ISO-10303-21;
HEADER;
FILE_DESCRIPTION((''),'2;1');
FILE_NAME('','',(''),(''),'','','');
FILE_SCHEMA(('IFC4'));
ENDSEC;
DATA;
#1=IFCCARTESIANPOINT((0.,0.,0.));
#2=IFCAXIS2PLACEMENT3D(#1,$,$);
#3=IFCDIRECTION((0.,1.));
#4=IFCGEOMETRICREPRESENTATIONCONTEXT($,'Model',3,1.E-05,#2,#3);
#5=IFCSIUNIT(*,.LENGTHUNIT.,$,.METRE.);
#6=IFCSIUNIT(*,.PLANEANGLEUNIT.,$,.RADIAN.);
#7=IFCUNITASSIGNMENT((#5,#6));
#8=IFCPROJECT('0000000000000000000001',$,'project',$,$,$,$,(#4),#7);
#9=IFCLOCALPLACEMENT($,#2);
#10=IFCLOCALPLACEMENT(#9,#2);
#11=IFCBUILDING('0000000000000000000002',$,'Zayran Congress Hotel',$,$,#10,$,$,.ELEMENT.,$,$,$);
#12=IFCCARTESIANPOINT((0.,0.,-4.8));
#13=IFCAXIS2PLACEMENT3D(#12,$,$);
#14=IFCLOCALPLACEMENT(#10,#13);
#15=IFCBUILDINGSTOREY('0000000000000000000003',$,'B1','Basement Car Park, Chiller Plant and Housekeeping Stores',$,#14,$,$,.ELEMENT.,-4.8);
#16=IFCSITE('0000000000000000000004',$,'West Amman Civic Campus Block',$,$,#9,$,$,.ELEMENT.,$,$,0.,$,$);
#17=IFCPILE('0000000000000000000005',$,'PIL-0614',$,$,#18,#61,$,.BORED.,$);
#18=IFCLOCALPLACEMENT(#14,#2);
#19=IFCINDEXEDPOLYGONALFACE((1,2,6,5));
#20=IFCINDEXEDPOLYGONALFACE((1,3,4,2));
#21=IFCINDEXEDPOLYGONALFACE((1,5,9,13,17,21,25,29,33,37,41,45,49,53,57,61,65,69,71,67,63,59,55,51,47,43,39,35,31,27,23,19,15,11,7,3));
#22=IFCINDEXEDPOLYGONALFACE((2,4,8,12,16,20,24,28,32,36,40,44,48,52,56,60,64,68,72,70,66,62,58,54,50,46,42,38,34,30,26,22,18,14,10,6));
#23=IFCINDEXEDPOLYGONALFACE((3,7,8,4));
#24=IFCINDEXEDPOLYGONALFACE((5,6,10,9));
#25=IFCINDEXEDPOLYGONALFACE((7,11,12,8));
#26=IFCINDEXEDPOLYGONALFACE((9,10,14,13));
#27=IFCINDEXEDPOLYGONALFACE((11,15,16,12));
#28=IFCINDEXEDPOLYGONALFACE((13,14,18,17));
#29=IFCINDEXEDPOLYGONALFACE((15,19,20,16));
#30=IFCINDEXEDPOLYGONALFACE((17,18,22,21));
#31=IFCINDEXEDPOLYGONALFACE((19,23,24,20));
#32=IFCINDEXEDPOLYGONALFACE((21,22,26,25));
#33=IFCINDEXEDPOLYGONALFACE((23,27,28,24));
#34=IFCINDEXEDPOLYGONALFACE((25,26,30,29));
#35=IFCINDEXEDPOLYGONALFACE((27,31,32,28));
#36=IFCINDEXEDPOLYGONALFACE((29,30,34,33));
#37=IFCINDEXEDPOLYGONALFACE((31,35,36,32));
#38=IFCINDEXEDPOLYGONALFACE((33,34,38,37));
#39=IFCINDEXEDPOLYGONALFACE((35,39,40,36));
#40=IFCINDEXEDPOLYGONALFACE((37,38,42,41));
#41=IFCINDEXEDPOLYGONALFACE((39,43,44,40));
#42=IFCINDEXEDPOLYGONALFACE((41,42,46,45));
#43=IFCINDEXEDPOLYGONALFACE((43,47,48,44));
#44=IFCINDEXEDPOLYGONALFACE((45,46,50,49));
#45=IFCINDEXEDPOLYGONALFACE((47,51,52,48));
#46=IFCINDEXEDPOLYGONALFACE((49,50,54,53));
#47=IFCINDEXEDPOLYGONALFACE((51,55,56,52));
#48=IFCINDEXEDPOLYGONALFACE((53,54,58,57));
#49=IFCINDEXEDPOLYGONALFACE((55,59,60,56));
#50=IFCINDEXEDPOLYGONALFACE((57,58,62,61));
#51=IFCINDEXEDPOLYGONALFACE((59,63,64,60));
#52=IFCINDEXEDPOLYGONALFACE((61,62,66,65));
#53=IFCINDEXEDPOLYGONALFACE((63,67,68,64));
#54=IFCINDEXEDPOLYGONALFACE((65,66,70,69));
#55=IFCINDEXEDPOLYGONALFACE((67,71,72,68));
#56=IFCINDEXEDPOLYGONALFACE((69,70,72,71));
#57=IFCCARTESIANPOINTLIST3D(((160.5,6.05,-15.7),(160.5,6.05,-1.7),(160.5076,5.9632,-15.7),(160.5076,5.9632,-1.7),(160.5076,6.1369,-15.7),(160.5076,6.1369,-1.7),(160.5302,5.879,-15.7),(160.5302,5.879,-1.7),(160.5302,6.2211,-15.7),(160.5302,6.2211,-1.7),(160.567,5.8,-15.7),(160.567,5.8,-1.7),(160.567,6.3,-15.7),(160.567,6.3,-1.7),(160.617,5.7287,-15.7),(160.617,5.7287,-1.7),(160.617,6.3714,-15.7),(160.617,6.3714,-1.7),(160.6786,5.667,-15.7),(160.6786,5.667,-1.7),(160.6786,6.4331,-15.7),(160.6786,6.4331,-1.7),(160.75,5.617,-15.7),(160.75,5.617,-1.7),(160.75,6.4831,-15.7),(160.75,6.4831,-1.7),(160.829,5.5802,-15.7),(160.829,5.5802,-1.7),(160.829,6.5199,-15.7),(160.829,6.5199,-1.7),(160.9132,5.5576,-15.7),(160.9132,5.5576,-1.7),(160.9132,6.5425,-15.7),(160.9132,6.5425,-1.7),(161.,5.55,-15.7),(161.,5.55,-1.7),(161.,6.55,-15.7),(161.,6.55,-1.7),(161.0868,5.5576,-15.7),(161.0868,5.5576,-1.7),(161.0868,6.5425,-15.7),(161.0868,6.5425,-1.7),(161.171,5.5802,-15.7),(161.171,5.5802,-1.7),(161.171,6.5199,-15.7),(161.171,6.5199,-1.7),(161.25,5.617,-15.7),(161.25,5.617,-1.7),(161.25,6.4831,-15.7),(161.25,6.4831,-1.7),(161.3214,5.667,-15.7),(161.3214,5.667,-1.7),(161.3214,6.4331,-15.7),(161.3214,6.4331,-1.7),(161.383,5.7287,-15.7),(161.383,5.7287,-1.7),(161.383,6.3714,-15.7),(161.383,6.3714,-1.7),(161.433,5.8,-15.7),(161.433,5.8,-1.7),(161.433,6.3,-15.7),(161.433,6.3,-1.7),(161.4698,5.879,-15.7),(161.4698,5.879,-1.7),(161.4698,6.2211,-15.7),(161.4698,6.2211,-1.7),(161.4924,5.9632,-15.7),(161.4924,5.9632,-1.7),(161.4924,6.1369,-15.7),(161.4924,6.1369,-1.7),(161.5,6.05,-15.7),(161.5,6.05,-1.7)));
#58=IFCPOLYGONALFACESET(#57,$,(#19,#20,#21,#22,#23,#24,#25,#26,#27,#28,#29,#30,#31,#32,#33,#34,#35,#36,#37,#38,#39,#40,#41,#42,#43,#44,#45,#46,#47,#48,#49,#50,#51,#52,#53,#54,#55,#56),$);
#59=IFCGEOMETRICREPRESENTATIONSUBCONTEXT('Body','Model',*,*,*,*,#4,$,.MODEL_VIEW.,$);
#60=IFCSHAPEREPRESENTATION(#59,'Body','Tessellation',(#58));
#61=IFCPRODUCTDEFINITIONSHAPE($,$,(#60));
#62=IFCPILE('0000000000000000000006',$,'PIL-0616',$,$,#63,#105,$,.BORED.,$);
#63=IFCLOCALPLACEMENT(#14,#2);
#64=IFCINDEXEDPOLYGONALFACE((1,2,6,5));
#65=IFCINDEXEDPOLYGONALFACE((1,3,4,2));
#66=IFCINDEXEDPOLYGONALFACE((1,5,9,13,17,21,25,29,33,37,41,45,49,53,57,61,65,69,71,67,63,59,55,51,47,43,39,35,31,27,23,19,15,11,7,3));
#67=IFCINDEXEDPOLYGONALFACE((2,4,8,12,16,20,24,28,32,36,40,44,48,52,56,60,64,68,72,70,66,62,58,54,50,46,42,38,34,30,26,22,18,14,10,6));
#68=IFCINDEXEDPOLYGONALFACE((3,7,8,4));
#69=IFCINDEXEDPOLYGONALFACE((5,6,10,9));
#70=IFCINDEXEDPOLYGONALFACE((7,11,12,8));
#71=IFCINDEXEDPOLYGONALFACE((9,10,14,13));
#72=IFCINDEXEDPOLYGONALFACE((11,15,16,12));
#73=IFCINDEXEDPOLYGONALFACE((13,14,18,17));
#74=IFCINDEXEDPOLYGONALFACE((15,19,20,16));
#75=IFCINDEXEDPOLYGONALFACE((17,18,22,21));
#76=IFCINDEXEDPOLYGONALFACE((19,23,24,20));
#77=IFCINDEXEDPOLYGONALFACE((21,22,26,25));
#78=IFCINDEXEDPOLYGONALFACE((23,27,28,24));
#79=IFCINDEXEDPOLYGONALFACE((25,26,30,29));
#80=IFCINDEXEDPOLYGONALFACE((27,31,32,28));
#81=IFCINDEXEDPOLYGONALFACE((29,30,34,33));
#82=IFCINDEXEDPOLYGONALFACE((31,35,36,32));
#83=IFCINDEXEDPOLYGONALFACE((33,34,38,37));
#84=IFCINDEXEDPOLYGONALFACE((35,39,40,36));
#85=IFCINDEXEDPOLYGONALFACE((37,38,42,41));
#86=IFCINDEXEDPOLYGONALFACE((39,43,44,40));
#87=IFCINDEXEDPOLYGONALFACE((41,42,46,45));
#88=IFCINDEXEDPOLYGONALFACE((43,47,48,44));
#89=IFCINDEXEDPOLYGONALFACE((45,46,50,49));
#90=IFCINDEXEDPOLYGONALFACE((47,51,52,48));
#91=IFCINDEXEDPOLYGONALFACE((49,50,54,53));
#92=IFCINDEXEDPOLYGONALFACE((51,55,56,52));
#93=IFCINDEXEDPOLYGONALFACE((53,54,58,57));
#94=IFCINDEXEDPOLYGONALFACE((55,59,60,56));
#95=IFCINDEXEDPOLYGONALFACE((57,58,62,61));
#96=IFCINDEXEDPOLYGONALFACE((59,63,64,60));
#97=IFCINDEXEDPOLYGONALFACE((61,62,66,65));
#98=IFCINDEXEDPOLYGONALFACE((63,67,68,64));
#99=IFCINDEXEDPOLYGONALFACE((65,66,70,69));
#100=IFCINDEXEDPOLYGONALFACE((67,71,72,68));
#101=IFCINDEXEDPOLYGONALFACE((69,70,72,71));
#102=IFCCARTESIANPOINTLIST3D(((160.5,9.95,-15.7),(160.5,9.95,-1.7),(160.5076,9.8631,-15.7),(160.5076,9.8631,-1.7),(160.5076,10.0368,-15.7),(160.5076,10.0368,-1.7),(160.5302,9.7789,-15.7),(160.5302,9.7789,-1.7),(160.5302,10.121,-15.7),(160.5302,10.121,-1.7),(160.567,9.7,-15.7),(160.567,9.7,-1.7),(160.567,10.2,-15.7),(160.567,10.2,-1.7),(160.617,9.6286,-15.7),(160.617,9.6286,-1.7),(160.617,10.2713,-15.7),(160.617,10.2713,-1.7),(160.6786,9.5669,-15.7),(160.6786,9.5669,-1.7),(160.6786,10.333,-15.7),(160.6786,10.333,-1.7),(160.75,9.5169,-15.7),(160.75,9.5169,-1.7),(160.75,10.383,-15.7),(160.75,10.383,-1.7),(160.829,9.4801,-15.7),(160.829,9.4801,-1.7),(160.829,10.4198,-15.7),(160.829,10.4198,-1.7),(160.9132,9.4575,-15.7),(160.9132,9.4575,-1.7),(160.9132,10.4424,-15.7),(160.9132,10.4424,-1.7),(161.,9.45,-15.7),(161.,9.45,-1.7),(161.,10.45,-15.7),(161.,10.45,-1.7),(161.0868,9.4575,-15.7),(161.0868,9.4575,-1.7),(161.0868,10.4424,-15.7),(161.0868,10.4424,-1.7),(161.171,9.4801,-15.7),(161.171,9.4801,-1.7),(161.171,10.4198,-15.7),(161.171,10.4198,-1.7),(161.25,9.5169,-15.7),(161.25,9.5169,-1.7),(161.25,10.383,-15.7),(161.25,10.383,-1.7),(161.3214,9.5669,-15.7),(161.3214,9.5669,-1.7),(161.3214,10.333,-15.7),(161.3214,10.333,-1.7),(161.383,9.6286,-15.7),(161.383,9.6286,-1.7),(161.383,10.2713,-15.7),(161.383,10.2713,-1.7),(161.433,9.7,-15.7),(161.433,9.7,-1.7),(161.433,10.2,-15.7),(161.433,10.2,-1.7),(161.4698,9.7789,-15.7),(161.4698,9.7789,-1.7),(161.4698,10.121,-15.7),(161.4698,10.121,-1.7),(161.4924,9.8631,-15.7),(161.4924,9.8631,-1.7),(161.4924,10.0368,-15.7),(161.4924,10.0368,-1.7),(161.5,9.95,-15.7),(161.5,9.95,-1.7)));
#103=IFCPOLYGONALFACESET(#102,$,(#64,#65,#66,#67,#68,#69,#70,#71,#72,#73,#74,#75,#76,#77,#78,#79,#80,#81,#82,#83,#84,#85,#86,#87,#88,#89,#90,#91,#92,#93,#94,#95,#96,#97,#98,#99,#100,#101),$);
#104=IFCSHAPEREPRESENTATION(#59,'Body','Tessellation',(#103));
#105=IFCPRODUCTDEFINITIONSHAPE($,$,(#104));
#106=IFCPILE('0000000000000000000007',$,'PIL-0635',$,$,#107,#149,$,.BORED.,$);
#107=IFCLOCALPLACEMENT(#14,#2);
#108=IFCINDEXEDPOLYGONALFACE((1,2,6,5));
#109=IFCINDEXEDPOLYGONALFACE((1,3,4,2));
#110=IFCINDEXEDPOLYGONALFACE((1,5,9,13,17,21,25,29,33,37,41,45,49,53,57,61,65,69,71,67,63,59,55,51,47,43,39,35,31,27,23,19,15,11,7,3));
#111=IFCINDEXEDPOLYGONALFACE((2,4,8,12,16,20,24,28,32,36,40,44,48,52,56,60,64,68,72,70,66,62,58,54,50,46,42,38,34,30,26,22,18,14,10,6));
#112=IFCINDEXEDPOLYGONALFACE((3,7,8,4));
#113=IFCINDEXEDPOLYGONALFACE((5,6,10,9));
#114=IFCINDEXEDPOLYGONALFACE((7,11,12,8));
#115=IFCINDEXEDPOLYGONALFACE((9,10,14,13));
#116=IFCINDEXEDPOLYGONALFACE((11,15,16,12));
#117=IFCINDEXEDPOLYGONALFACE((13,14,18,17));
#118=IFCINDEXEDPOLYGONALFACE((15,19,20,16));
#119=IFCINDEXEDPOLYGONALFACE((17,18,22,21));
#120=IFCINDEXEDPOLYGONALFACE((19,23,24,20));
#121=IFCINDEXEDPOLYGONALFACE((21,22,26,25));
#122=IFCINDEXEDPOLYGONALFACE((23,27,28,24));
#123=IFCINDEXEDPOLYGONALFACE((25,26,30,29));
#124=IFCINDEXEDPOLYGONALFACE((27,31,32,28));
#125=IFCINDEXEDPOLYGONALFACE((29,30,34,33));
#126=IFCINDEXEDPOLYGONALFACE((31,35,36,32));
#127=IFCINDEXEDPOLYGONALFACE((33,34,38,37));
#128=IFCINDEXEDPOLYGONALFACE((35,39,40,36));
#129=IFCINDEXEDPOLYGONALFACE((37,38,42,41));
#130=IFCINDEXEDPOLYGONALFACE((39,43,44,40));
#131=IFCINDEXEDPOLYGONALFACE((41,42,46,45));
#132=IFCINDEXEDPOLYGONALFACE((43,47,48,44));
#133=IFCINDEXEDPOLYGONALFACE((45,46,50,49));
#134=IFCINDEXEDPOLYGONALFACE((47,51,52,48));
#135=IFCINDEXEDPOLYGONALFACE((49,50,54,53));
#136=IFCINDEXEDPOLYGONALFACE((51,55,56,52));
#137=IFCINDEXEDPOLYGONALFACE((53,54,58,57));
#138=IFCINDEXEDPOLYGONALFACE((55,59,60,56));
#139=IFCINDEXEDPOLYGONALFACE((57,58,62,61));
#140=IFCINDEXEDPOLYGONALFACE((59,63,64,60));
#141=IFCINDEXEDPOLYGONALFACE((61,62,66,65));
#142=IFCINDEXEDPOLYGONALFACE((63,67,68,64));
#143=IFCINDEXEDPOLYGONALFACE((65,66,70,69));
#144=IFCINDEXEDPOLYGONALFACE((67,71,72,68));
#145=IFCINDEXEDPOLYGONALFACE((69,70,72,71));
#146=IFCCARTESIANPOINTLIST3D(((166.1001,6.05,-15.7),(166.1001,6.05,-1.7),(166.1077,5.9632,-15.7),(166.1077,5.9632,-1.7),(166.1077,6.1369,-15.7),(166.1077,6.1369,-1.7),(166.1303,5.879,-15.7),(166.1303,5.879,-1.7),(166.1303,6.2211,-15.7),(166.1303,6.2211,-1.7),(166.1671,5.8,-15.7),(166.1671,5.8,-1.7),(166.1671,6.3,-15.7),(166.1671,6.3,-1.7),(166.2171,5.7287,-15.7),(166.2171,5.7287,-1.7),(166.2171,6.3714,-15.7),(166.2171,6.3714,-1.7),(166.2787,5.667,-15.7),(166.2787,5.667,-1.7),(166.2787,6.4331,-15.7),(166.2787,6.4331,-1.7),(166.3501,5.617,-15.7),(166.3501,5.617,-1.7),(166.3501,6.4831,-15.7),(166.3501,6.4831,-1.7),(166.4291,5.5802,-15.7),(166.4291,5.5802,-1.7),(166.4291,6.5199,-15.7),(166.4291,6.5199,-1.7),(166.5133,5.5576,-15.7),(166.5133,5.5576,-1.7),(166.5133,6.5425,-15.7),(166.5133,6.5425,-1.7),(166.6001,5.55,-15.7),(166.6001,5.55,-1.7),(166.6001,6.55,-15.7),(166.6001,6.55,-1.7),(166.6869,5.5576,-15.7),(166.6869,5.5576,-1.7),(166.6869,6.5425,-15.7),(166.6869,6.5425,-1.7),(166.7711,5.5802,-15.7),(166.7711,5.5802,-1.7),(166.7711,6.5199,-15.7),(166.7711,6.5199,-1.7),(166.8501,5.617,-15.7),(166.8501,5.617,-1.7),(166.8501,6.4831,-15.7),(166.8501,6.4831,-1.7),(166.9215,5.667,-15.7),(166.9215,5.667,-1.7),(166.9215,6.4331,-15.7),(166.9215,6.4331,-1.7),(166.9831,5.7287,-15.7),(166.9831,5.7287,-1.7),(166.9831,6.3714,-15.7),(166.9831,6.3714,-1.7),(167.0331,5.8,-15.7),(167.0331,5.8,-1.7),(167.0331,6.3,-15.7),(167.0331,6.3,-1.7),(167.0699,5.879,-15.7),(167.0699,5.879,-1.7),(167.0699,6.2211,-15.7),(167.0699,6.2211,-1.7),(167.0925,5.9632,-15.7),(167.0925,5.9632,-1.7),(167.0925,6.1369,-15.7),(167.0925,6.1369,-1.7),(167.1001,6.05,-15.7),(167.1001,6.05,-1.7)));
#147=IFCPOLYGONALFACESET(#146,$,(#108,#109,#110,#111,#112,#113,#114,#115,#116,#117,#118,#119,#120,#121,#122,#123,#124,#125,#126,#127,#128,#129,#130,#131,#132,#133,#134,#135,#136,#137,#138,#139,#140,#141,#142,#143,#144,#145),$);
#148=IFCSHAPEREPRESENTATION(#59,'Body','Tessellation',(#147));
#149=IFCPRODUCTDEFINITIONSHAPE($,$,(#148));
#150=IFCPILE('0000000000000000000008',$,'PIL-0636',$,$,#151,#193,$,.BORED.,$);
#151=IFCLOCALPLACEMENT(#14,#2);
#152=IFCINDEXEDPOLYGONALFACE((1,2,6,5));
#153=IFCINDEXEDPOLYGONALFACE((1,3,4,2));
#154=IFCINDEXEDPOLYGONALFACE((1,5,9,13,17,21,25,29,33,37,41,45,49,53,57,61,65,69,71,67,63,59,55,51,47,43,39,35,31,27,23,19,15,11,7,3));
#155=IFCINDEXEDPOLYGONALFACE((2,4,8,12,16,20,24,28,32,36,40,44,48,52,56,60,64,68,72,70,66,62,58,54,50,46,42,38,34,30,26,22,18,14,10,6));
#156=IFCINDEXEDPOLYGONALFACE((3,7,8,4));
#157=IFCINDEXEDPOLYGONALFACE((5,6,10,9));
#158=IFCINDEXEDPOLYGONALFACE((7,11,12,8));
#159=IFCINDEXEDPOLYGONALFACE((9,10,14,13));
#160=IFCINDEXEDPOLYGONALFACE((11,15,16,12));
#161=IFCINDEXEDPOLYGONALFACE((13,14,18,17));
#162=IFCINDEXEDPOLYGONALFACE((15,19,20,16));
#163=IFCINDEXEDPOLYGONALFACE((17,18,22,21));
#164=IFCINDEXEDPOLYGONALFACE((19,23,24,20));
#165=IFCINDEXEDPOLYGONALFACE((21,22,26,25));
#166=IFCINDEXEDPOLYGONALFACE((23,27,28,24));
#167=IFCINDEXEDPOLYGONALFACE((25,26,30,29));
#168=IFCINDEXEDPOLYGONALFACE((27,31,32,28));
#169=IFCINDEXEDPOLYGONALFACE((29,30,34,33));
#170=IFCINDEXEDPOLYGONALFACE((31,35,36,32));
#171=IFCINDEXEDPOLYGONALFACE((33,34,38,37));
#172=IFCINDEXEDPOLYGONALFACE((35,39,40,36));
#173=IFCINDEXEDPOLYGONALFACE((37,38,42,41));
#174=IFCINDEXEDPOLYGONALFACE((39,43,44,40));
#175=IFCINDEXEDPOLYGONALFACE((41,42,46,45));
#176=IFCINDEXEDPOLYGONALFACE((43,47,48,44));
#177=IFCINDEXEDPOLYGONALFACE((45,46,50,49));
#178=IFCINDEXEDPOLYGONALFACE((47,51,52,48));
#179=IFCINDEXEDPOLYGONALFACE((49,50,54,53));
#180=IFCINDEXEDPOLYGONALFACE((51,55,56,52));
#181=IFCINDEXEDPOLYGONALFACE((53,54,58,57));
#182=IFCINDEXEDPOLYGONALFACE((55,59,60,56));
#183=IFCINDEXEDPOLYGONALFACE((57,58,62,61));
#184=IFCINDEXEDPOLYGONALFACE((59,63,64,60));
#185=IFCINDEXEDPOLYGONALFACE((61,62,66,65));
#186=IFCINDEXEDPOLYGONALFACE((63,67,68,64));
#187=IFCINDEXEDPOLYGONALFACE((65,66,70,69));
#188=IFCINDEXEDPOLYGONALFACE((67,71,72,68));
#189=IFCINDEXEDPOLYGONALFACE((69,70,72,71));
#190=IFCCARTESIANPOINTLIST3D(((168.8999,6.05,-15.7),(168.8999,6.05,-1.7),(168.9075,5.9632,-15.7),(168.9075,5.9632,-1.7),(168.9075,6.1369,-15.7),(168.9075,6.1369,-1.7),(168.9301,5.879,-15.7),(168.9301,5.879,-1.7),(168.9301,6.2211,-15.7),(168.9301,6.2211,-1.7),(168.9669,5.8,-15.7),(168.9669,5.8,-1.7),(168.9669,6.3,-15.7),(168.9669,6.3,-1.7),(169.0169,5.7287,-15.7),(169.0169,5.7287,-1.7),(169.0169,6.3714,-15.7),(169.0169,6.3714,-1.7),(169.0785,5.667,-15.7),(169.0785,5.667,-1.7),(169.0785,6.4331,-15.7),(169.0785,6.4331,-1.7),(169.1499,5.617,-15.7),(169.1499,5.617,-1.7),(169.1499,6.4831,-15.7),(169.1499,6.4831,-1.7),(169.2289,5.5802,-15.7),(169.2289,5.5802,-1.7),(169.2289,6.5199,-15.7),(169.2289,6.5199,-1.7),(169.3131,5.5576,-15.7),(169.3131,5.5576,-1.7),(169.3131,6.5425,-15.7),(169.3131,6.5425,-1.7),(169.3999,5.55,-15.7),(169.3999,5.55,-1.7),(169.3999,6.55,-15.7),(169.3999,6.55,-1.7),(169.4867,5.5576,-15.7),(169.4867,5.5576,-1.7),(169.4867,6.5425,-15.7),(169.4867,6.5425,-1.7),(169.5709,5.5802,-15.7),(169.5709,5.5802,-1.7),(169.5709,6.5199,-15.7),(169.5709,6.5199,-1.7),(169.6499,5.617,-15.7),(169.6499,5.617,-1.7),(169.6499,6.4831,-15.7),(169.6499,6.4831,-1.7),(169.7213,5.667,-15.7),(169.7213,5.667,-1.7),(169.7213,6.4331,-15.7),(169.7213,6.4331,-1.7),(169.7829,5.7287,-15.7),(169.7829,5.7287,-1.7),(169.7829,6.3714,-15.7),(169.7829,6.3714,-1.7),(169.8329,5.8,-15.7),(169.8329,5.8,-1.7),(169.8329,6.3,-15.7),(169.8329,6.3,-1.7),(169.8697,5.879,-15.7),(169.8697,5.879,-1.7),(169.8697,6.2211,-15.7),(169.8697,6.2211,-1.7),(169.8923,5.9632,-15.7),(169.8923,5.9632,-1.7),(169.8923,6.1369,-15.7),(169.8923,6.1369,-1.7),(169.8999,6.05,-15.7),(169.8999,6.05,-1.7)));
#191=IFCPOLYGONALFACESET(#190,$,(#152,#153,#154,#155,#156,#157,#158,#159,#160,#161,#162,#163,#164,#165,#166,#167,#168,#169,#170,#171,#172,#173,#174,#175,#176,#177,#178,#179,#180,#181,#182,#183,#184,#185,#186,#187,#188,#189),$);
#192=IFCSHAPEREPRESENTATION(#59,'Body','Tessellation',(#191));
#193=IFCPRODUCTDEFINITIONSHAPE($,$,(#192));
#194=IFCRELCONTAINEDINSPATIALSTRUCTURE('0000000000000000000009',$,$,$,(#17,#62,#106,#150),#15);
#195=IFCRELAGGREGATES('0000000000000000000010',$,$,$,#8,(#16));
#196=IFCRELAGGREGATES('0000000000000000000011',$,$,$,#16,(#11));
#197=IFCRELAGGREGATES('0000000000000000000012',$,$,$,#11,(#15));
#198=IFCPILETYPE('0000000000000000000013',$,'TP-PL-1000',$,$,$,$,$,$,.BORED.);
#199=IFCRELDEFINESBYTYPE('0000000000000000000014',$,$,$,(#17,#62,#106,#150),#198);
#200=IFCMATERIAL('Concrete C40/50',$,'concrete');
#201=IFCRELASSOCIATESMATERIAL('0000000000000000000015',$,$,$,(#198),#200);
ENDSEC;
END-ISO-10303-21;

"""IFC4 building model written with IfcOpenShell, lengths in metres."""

from ifc_helpers import new_model, si_unit, direction, frame, origin, origin_2d, place, context, subcontext, project, spatial, circle, extrude, material, material_profile, profile_set, type_object, element, save


model = new_model("IFC4")

# Units and contexts
model_context = context("Model", 3, precision=1e-05, world=origin(), true_north=direction((0.0, 1.0)))
body_context = subcontext(model_context, "Body", "Model", "MODEL_VIEW")
ifc_project = project(units=[si_unit("LENGTHUNIT", "METRE"), si_unit("PLANEANGLEUNIT", "RADIAN")], contexts=[model_context])

# Site, building, storey
site_placement = place(None, origin())
site = spatial("IfcSite", under=ifc_project, at=site_placement, Name="West Amman Civic Campus Block", CompositionType="ELEMENT", RefElevation=0.0)
building_placement = place(site_placement, origin())
building = spatial("IfcBuilding", under=site, at=building_placement, Name="Zayran Congress Hotel", CompositionType="ELEMENT")
storey_placement = place(building_placement, frame((0.0, 0.0, -4.8)))
storey = spatial("IfcBuildingStorey", under=building, at=storey_placement, Name="B1", Description="Basement Car Park, Chiller Plant and Housekeeping Stores", CompositionType="ELEMENT", Elevation=-4.8)

# Piles
ifc_material_1 = material(Name="Concrete C40/50", Category="concrete")
ifc_material_profile_1 = material_profile(ifc_material_1, circle(Radius=0.5, at=origin_2d()), Name="PILE D1000")
ifc_profile_set_1 = profile_set([ifc_material_profile_1], Name="Concrete C40/50")
pile_type_1 = type_object("IfcPileType", Name="TP-PL-1000", PredefinedType="BORED", material=ifc_profile_set_1)
for number, where, z_axis, x_axis, name in (
    (1, (161.0, 6.05, -1.7), (0.0, 0.0, -1.0), (1.0, 0.0, 0.0), "PIL-0614"),
    (2, (161.0, 9.95, -1.7), (0.0, 0.0, -1.0), (1.0, 0.0, 0.0), "PIL-0616"),
    (3, (166.6001, 6.05, -1.7), (0.0, 0.0, -1.0), (1.0, 0.0, 0.0), "PIL-0635"),
    (4, (169.3999, 6.05, -1.7), (0.0, 0.0, -1.0), (1.0, 0.0, 0.0), "PIL-0636"),
):
    element("IfcPile", number, at=place(storey_placement, frame(where, z_axis=z_axis, x_axis=x_axis)), inside=storey, type_object=pile_type_1, Name=name, PredefinedType="BORED", context=body_context, shape_type="SweptSolid", body=[
        extrude(circle(Radius=0.5, at=origin_2d()), origin(), (0.0, 0.0, 1.0), 14.0),
    ])

save(model, "model.ifc")
